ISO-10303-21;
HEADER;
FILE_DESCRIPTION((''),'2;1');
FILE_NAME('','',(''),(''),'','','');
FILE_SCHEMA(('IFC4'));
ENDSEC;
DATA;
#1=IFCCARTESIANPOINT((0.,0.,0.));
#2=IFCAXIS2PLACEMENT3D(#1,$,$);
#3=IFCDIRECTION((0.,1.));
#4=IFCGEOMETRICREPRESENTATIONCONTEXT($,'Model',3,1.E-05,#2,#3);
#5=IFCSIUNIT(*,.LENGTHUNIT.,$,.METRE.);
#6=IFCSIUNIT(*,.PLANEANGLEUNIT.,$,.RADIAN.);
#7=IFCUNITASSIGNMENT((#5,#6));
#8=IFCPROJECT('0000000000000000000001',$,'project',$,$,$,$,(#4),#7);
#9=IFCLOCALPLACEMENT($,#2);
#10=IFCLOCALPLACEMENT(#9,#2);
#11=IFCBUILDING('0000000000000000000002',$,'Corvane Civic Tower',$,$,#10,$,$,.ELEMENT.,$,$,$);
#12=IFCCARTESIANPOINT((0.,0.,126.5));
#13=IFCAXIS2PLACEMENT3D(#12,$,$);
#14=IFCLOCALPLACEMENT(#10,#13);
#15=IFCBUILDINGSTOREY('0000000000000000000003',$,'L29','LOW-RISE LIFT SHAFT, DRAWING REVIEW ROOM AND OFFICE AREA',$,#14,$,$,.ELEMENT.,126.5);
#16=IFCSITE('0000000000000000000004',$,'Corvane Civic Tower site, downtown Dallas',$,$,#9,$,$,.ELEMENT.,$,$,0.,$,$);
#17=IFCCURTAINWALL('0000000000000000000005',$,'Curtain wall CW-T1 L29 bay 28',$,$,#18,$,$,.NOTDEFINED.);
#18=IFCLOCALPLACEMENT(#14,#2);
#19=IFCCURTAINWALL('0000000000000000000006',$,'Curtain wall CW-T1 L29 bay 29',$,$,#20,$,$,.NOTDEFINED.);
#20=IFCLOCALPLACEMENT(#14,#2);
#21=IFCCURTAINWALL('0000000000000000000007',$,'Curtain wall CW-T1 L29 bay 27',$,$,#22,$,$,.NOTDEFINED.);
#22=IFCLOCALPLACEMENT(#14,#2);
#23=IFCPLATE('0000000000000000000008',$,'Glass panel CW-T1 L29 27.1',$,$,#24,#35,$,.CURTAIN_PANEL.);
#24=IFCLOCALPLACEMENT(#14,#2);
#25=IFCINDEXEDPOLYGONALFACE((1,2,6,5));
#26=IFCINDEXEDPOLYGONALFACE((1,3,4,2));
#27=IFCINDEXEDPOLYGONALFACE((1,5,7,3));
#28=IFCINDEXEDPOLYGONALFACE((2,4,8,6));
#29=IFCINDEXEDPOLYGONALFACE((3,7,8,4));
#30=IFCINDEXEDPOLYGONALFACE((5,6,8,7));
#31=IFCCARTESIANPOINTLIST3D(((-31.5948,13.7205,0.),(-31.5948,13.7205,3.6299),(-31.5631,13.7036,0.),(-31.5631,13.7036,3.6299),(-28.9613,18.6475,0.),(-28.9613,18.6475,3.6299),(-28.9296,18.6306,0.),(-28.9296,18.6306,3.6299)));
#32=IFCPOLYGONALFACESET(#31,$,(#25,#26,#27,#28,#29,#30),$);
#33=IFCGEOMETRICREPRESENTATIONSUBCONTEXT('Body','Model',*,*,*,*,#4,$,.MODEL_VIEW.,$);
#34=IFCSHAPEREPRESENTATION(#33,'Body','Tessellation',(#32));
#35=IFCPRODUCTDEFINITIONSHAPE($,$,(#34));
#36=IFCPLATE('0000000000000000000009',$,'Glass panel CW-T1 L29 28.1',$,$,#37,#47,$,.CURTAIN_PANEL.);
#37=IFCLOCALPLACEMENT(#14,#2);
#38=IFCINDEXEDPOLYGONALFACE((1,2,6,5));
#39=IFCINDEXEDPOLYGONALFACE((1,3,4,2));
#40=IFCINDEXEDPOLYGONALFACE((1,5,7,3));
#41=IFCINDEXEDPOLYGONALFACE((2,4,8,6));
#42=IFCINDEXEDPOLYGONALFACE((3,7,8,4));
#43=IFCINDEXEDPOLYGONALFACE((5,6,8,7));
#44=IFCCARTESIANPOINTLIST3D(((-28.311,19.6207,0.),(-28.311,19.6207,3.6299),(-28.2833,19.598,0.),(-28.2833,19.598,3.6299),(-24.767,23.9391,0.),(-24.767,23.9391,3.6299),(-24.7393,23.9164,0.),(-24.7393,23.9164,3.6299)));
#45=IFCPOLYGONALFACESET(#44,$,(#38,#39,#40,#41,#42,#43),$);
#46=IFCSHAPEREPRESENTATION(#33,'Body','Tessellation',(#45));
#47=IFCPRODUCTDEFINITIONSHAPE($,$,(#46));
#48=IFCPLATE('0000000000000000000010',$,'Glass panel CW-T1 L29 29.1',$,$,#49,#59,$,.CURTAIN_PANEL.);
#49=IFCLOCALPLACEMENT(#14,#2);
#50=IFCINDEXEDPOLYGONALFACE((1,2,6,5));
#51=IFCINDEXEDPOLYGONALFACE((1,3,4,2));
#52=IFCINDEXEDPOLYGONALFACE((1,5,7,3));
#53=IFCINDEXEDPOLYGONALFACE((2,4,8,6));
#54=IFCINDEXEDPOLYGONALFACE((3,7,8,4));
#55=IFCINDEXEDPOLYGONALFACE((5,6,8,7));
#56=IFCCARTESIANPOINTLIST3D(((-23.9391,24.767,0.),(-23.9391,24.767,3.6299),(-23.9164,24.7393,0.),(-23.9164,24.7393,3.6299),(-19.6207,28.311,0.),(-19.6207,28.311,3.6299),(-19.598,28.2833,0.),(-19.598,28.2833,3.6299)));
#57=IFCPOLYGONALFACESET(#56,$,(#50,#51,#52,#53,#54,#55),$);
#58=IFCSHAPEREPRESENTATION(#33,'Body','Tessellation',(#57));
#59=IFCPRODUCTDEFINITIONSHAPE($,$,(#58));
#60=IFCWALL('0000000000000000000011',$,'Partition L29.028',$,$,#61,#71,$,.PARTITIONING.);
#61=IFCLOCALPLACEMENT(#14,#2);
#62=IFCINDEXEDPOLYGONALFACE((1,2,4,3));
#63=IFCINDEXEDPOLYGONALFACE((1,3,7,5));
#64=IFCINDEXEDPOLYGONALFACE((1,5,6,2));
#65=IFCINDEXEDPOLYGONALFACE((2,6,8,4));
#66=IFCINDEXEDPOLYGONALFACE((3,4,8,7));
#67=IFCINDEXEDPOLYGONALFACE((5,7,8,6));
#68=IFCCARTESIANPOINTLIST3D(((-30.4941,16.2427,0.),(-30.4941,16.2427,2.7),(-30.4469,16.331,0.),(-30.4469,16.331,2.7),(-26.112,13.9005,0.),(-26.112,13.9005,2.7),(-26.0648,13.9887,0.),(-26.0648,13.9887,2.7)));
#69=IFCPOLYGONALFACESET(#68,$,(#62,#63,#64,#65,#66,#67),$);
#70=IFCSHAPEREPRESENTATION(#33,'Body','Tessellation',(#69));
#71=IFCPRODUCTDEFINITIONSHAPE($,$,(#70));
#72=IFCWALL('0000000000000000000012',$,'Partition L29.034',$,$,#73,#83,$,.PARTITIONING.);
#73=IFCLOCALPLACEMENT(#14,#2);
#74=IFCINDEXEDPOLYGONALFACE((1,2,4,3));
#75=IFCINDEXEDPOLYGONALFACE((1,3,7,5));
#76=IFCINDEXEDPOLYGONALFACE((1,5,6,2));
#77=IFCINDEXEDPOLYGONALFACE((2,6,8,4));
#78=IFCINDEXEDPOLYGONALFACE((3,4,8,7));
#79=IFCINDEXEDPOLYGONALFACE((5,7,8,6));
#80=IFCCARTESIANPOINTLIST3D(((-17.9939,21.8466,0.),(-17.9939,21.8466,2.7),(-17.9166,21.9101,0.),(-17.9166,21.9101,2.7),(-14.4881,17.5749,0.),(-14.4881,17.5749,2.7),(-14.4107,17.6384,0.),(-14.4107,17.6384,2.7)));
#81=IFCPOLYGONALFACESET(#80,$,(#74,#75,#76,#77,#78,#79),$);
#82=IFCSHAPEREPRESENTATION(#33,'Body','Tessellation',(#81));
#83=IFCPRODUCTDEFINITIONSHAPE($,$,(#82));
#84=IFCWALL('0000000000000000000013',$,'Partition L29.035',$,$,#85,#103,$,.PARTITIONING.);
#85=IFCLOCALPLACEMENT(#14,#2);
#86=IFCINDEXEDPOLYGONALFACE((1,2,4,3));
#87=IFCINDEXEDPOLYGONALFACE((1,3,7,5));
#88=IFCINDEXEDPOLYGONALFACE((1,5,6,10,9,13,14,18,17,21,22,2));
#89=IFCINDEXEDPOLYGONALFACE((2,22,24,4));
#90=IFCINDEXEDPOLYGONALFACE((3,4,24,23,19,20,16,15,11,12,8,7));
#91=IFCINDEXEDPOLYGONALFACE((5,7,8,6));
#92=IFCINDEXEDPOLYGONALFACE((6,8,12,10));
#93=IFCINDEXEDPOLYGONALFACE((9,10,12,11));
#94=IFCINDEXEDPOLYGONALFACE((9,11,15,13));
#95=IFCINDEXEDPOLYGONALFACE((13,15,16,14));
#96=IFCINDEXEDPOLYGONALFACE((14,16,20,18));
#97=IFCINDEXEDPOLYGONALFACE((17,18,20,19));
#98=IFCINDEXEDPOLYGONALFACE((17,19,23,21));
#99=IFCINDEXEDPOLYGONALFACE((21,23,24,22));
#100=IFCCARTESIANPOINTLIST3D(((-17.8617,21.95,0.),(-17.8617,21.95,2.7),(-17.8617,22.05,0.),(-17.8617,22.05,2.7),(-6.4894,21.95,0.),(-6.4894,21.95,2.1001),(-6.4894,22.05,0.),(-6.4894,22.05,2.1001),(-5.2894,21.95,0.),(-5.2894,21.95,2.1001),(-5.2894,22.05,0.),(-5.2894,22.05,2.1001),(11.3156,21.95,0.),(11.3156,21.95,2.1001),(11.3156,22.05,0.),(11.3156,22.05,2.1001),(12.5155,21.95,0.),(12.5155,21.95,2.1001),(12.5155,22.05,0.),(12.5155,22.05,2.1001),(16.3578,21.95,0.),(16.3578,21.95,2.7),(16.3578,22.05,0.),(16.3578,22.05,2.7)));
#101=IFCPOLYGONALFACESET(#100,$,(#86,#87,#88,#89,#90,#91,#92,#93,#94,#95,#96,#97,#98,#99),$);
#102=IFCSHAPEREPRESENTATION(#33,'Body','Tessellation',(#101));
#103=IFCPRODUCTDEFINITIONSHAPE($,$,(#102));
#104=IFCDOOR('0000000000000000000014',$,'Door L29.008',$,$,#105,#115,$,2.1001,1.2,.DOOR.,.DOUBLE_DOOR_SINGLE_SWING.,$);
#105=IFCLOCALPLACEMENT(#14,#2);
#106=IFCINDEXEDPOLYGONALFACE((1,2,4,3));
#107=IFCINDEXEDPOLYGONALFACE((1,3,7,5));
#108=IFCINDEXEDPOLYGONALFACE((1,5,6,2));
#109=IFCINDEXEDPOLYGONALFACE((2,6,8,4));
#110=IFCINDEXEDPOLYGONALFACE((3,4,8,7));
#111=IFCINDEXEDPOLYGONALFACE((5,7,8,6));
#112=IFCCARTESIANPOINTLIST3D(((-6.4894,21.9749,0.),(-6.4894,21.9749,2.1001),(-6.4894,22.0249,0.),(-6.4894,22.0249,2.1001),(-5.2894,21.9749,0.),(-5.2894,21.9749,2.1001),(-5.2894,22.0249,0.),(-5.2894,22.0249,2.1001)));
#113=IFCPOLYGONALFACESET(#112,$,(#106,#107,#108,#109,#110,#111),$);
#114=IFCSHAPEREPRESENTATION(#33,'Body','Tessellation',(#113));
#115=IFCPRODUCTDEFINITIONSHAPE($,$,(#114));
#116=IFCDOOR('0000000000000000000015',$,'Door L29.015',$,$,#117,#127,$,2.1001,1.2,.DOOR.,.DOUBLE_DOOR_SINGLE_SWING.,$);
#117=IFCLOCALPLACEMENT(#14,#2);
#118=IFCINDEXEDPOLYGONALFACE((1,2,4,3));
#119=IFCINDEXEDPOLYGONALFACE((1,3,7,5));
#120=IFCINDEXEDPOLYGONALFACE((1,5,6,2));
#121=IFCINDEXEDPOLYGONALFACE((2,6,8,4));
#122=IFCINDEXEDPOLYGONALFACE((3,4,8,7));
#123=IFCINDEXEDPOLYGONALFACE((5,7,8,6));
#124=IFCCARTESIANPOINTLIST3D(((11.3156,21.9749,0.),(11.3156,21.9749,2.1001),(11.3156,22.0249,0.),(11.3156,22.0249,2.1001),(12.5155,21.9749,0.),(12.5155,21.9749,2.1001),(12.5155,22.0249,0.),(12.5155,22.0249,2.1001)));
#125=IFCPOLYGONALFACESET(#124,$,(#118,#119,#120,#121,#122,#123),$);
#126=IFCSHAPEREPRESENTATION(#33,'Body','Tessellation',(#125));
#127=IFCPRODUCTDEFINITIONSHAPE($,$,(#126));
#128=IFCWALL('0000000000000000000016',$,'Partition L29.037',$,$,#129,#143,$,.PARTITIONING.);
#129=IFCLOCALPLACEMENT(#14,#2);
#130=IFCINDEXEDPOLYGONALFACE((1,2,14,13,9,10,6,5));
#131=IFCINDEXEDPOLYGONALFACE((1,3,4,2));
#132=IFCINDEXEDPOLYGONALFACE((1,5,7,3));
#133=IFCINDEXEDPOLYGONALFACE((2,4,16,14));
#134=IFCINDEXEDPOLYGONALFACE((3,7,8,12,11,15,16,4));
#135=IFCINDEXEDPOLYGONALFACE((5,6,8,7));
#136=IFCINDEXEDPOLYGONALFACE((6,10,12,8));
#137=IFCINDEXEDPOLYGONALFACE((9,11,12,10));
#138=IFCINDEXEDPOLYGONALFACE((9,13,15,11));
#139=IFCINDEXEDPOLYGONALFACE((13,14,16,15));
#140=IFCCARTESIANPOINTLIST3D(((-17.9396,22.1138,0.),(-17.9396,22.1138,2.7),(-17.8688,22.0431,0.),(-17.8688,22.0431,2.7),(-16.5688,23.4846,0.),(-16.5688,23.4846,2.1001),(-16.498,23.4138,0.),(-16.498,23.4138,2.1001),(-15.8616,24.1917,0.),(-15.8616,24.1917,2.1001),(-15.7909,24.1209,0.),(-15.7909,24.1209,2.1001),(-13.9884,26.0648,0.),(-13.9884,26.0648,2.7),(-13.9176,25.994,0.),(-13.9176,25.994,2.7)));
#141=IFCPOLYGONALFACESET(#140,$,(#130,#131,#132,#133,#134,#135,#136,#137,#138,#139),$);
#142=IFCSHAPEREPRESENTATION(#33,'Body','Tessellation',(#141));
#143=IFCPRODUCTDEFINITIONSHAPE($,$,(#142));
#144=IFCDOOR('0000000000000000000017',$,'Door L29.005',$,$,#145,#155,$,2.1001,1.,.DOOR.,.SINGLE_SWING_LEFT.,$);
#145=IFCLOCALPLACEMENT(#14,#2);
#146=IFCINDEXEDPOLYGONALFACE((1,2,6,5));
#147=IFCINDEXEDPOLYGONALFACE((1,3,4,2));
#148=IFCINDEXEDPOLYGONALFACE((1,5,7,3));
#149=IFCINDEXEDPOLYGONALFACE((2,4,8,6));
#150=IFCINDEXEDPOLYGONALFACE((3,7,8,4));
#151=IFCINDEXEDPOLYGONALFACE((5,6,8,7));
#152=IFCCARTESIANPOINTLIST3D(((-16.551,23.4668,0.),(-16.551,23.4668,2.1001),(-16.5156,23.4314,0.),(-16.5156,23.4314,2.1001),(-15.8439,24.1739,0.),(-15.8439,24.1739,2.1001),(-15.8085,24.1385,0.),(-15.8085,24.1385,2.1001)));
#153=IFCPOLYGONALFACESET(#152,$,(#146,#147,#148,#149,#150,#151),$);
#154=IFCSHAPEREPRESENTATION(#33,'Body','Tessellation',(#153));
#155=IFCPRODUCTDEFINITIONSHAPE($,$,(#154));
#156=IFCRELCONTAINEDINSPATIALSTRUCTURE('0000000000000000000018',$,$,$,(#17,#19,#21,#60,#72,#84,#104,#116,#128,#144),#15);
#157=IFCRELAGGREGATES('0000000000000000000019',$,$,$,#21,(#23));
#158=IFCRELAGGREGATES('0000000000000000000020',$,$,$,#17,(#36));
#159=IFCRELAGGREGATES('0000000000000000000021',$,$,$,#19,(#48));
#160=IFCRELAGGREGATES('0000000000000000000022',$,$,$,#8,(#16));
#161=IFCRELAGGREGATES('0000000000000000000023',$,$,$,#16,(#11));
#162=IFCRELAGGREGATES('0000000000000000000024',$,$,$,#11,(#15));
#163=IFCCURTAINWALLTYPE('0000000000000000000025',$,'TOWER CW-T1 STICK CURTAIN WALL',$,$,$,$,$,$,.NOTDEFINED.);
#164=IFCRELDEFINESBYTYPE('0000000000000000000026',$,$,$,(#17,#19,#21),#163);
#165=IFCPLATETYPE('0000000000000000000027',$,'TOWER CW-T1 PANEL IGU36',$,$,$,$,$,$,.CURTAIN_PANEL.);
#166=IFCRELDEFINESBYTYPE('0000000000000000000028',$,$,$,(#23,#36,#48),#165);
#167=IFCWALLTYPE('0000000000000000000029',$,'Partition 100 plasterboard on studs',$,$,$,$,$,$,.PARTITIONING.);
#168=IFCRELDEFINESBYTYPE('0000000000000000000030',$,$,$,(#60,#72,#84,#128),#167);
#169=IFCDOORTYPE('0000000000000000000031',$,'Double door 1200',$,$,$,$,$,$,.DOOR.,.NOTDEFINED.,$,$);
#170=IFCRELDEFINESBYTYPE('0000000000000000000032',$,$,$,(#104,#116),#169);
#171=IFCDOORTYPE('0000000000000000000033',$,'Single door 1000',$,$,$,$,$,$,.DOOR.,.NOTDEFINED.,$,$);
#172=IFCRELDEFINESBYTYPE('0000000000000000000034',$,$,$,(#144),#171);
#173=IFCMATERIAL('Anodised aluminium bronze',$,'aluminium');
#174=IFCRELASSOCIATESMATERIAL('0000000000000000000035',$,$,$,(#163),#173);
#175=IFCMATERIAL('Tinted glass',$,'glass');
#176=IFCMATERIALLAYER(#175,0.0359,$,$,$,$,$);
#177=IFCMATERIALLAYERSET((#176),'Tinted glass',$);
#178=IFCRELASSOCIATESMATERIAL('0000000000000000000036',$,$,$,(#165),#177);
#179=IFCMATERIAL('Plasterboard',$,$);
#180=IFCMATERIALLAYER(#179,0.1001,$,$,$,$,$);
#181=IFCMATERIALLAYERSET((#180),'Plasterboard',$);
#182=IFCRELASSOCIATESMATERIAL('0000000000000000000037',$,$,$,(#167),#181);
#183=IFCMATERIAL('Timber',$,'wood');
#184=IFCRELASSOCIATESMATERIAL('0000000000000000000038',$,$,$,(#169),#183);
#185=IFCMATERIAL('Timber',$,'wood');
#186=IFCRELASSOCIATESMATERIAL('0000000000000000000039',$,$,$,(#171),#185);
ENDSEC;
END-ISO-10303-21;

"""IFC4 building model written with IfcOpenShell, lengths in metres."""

from ifc_helpers import new_model, si_unit, direction, frame, frame_2d, origin, origin_2d, place, context, subcontext, project, spatial, rectangle, extrude, material, layer, layer_set, type_object, element, fill, aggregate, save


model = new_model("IFC4")

# Units and contexts
model_context = context("Model", 3, precision=1e-05, world=origin(), true_north=direction((0.0, 1.0)))
body_context = subcontext(model_context, "Body", "Model", "MODEL_VIEW")
ifc_project = project(units=[si_unit("LENGTHUNIT", "METRE"), si_unit("PLANEANGLEUNIT", "RADIAN")], contexts=[model_context])

# Site, building, storey
site_placement = place(None, origin())
site = spatial("IfcSite", under=ifc_project, at=site_placement, Name="Corvane Civic Tower site, downtown Dallas", CompositionType="ELEMENT", RefElevation=0.0)
building_placement = place(site_placement, origin())
building = spatial("IfcBuilding", under=site, at=building_placement, Name="Corvane Civic Tower", CompositionType="ELEMENT")
storey_placement = place(building_placement, frame((0.0, 0.0, 126.5)))
storey = spatial("IfcBuildingStorey", under=building, at=storey_placement, Name="L29", Description="LOW-RISE LIFT SHAFT, DRAWING REVIEW ROOM AND OFFICE AREA", CompositionType="ELEMENT", Elevation=126.5)

# Curtain walls
ifc_material_1 = material(Name="Anodised aluminium bronze", Category="aluminium")
curtain_wall_type = type_object("IfcCurtainWallType", Name="TOWER CW-T1 STICK CURTAIN WALL", PredefinedType="NOTDEFINED", material=ifc_material_1)
curtain_wall_1_placement = place(storey_placement, origin())
curtain_wall_1 = element("IfcCurtainWall", 1, at=curtain_wall_1_placement, inside=storey, type_object=curtain_wall_type, Name="Curtain wall CW-T1 L29 bay 28", PredefinedType="NOTDEFINED")
curtain_wall_2_placement = place(storey_placement, origin())
curtain_wall_2 = element("IfcCurtainWall", 2, at=curtain_wall_2_placement, inside=storey, type_object=curtain_wall_type, Name="Curtain wall CW-T1 L29 bay 29", PredefinedType="NOTDEFINED")

# Curtain wall, plate
curtain_wall_3_placement = place(storey_placement, origin())
curtain_wall_3 = element("IfcCurtainWall", 3, at=curtain_wall_3_placement, inside=storey, type_object=curtain_wall_type, Name="Curtain wall CW-T1 L29 bay 27", PredefinedType="NOTDEFINED")
ifc_material_2 = material(Name="Tinted glass", Category="glass")
ifc_layer_1 = layer(ifc_material_2, 0.0359)
ifc_layer_set_1 = layer_set([ifc_layer_1], Name="Tinted glass")
plate_type = type_object("IfcPlateType", Name="TOWER CW-T1 PANEL IGU36", PredefinedType="CURTAIN_PANEL", material=ifc_layer_set_1)
plate_1_placement = place(storey_placement, frame((-30.2622, 16.1755, 0.0), z_axis=(0.0, 0.0, 1.0), x_axis=(0.471392, 0.881924, 0.0)))
plate_1 = element("IfcPlate", 4, at=plate_1_placement, type_object=plate_type, Name="Glass panel CW-T1 L29 27.1", PredefinedType="CURTAIN_PANEL", context=body_context, shape_type="SweptSolid", body=[
    extrude(rectangle(XDim=5.5867, YDim=0.0359, at=origin_2d()), origin(), (0.0, 0.0, 1.0), 3.6299),
])
aggregate(curtain_wall_3, [plate_1])

# Plates
plate_2_placement = place(storey_placement, frame((-26.5251, 21.7686, 0.0), z_axis=(0.0, 0.0, 1.0), x_axis=(0.63439, 0.773013, 0.0)))
plate_2 = element("IfcPlate", 5, at=plate_2_placement, type_object=plate_type, Name="Glass panel CW-T1 L29 28.1", PredefinedType="CURTAIN_PANEL", context=body_context, shape_type="SweptSolid", body=[
    extrude(rectangle(XDim=5.5864, YDim=0.0359, at=origin_2d()), origin(), (0.0, 0.0, 1.0), 3.6299),
])
aggregate(curtain_wall_1, [plate_2])
plate_3_placement = place(storey_placement, frame((-21.7686, 26.5251, 0.0), z_axis=(0.0, 0.0, 1.0), x_axis=(0.773013, 0.63439, 0.0)))
plate_3 = element("IfcPlate", 6, at=plate_3_placement, type_object=plate_type, Name="Glass panel CW-T1 L29 29.1", PredefinedType="CURTAIN_PANEL", context=body_context, shape_type="SweptSolid", body=[
    extrude(rectangle(XDim=5.5864, YDim=0.0359, at=origin_2d()), origin(), (0.0, 0.0, 1.0), 3.6299),
])
aggregate(curtain_wall_2, [plate_3])

# Walls
ifc_material_3 = material(Name="Plasterboard")
ifc_layer_2 = layer(ifc_material_3, 0.1001)
ifc_layer_set_2 = layer_set([ifc_layer_2], Name="Plasterboard")
wall_type_1 = type_object("IfcWallType", Name="Partition 100 plasterboard on studs", PredefinedType="PARTITIONING", material=ifc_layer_set_2)
wall_1_placement = place(storey_placement, frame((-30.4705, 16.2869, 0.0), z_axis=(0.0, 0.0, 1.0), x_axis=(0.88192, -0.471399, 0.0)))
element("IfcWall", 7, at=wall_1_placement, inside=storey, type_object=wall_type_1, Name="Partition L29.028", PredefinedType="PARTITIONING", context=body_context, shape_type="SweptSolid", body=[
    extrude(rectangle(XDim=4.9688, YDim=0.1001, at=frame_2d((2.4844, 0.0))), origin(), (0.0, 0.0, 1.0), 2.7),
])
wall_2_placement = place(storey_placement, frame((-17.9553, 21.8784, 0.0), z_axis=(0.0, 0.0, 1.0), x_axis=(0.634409, -0.772998, 0.0)))
element("IfcWall", 8, at=wall_2_placement, inside=storey, type_object=wall_type_1, Name="Partition L29.034", PredefinedType="PARTITIONING", context=body_context, shape_type="SweptSolid", body=[
    extrude(rectangle(XDim=5.5261, YDim=0.1001, at=frame_2d((2.7632, 0.0))), origin(), (0.0, 0.0, 1.0), 2.7),
])

# Wall, openings, doors
wall_3_placement = place(storey_placement, frame((-17.8618, 22.0, 0.0), z_axis=(0.0, 0.0, 1.0), x_axis=(1.0, 0.0, 0.0)))
wall_3 = element("IfcWall", 9, at=wall_3_placement, inside=storey, type_object=wall_type_1, Name="Partition L29.035", PredefinedType="PARTITIONING", context=body_context, shape_type="SweptSolid", body=[
    extrude(rectangle(XDim=34.2195, YDim=0.1001, at=frame_2d((17.1099, 0.0))), origin(), (0.0, 0.0, 1.0), 2.7),
])
opening_1_placement = place(wall_3_placement, frame((11.3723, 0.0, 0.0)))
opening_1 = element("IfcOpeningElement", 10, at=opening_1_placement, cuts=wall_3, PredefinedType="OPENING", context=body_context, shape_type="SweptSolid", body=[
    extrude(rectangle(XDim=1.2, YDim=2.1001, at=frame_2d((0.6001, 1.05))), frame((0.0, 0.0601, 0.0), z_axis=(0.0, -1.0, 0.0), x_axis=(1.0, 0.0, 0.0)), (0.0, 0.0, 1.0), 0.1201),
])
opening_2_placement = place(wall_3_placement, frame((29.1772, 0.0, 0.0)))
opening_2 = element("IfcOpeningElement", 11, at=opening_2_placement, cuts=wall_3, PredefinedType="OPENING", context=body_context, shape_type="SweptSolid", body=[
    extrude(rectangle(XDim=1.2, YDim=2.1001, at=frame_2d((0.6001, 1.05))), frame((0.0, 0.0601, 0.0), z_axis=(0.0, -1.0, 0.0), x_axis=(1.0, 0.0, 0.0)), (0.0, 0.0, 1.0), 0.1201),
])
ifc_material_4 = material(Name="Timber", Category="wood")
door_type_1 = type_object("IfcDoorType", Name="Double door 1200", OperationType="NOTDEFINED", PredefinedType="DOOR", material=ifc_material_4)
door_1_placement = place(opening_1_placement, origin())
door_1 = element("IfcDoor", 12, at=door_1_placement, inside=storey, type_object=door_type_1, Name="Door L29.008", OperationType="DOUBLE_DOOR_SINGLE_SWING", OverallHeight=2.1001, OverallWidth=1.2, PredefinedType="DOOR", context=body_context, shape_type="SweptSolid", body=[
    extrude(rectangle(XDim=1.2, YDim=2.1001, at=frame_2d((0.6001, 1.05))), frame((0.0, 0.0249, 0.0), z_axis=(0.0, -1.0, 0.0), x_axis=(1.0, 0.0, 0.0)), (0.0, 0.0, 1.0), 0.05),
])
fill(opening_1, door_1)
door_2_placement = place(opening_2_placement, origin())
door_2 = element("IfcDoor", 13, at=door_2_placement, inside=storey, type_object=door_type_1, Name="Door L29.015", OperationType="DOUBLE_DOOR_SINGLE_SWING", OverallHeight=2.1001, OverallWidth=1.2, PredefinedType="DOOR", context=body_context, shape_type="SweptSolid", body=[
    extrude(rectangle(XDim=1.2, YDim=2.1001, at=frame_2d((0.6001, 1.05))), frame((0.0, 0.0249, 0.0), z_axis=(0.0, -1.0, 0.0), x_axis=(1.0, 0.0, 0.0)), (0.0, 0.0, 1.0), 0.05),
])
fill(opening_2, door_2)

# Wall, opening, door
wall_4_placement = place(storey_placement, frame((-17.9043, 22.0784, 0.0), z_axis=(0.0, 0.0, 1.0), x_axis=(0.707129, 0.707085, 0.0)))
wall_4 = element("IfcWall", 14, at=wall_4_placement, inside=storey, type_object=wall_type_1, Name="Partition L29.037", PredefinedType="PARTITIONING", context=body_context, shape_type="SweptSolid", body=[
    extrude(rectangle(XDim=5.5876, YDim=0.1001, at=frame_2d((2.7939, 0.0))), origin(), (0.0, 0.0, 1.0), 2.7),
])
opening_3_placement = place(wall_4_placement, frame((1.9387, 0.0, 0.0)))
opening_3 = element("IfcOpeningElement", 15, at=opening_3_placement, cuts=wall_4, PredefinedType="OPENING", context=body_context, shape_type="SweptSolid", body=[
    extrude(rectangle(XDim=1.0, YDim=2.1001, at=frame_2d((0.5, 1.05))), frame((0.0, 0.0601, 0.0), z_axis=(0.0, -1.0, 0.0), x_axis=(1.0, 0.0, 0.0)), (0.0, 0.0, 1.0), 0.1201),
])
ifc_material_5 = material(Name="Timber", Category="wood")
door_type_2 = type_object("IfcDoorType", Name="Single door 1000", OperationType="NOTDEFINED", PredefinedType="DOOR", material=ifc_material_5)
door_3_placement = place(opening_3_placement, origin())
door_3 = element("IfcDoor", 16, at=door_3_placement, inside=storey, type_object=door_type_2, Name="Door L29.005", OperationType="SINGLE_SWING_LEFT", OverallHeight=2.1001, OverallWidth=1.0, PredefinedType="DOOR", context=body_context, shape_type="SweptSolid", body=[
    extrude(rectangle(XDim=1.0, YDim=2.1001, at=frame_2d((0.5, 1.05))), frame((0.0, 0.0249, 0.0), z_axis=(0.0, -1.0, 0.0), x_axis=(1.0, 0.0, 0.0)), (0.0, 0.0, 1.0), 0.05),
])
fill(opening_3, door_3)

save(model, "model.ifc")
